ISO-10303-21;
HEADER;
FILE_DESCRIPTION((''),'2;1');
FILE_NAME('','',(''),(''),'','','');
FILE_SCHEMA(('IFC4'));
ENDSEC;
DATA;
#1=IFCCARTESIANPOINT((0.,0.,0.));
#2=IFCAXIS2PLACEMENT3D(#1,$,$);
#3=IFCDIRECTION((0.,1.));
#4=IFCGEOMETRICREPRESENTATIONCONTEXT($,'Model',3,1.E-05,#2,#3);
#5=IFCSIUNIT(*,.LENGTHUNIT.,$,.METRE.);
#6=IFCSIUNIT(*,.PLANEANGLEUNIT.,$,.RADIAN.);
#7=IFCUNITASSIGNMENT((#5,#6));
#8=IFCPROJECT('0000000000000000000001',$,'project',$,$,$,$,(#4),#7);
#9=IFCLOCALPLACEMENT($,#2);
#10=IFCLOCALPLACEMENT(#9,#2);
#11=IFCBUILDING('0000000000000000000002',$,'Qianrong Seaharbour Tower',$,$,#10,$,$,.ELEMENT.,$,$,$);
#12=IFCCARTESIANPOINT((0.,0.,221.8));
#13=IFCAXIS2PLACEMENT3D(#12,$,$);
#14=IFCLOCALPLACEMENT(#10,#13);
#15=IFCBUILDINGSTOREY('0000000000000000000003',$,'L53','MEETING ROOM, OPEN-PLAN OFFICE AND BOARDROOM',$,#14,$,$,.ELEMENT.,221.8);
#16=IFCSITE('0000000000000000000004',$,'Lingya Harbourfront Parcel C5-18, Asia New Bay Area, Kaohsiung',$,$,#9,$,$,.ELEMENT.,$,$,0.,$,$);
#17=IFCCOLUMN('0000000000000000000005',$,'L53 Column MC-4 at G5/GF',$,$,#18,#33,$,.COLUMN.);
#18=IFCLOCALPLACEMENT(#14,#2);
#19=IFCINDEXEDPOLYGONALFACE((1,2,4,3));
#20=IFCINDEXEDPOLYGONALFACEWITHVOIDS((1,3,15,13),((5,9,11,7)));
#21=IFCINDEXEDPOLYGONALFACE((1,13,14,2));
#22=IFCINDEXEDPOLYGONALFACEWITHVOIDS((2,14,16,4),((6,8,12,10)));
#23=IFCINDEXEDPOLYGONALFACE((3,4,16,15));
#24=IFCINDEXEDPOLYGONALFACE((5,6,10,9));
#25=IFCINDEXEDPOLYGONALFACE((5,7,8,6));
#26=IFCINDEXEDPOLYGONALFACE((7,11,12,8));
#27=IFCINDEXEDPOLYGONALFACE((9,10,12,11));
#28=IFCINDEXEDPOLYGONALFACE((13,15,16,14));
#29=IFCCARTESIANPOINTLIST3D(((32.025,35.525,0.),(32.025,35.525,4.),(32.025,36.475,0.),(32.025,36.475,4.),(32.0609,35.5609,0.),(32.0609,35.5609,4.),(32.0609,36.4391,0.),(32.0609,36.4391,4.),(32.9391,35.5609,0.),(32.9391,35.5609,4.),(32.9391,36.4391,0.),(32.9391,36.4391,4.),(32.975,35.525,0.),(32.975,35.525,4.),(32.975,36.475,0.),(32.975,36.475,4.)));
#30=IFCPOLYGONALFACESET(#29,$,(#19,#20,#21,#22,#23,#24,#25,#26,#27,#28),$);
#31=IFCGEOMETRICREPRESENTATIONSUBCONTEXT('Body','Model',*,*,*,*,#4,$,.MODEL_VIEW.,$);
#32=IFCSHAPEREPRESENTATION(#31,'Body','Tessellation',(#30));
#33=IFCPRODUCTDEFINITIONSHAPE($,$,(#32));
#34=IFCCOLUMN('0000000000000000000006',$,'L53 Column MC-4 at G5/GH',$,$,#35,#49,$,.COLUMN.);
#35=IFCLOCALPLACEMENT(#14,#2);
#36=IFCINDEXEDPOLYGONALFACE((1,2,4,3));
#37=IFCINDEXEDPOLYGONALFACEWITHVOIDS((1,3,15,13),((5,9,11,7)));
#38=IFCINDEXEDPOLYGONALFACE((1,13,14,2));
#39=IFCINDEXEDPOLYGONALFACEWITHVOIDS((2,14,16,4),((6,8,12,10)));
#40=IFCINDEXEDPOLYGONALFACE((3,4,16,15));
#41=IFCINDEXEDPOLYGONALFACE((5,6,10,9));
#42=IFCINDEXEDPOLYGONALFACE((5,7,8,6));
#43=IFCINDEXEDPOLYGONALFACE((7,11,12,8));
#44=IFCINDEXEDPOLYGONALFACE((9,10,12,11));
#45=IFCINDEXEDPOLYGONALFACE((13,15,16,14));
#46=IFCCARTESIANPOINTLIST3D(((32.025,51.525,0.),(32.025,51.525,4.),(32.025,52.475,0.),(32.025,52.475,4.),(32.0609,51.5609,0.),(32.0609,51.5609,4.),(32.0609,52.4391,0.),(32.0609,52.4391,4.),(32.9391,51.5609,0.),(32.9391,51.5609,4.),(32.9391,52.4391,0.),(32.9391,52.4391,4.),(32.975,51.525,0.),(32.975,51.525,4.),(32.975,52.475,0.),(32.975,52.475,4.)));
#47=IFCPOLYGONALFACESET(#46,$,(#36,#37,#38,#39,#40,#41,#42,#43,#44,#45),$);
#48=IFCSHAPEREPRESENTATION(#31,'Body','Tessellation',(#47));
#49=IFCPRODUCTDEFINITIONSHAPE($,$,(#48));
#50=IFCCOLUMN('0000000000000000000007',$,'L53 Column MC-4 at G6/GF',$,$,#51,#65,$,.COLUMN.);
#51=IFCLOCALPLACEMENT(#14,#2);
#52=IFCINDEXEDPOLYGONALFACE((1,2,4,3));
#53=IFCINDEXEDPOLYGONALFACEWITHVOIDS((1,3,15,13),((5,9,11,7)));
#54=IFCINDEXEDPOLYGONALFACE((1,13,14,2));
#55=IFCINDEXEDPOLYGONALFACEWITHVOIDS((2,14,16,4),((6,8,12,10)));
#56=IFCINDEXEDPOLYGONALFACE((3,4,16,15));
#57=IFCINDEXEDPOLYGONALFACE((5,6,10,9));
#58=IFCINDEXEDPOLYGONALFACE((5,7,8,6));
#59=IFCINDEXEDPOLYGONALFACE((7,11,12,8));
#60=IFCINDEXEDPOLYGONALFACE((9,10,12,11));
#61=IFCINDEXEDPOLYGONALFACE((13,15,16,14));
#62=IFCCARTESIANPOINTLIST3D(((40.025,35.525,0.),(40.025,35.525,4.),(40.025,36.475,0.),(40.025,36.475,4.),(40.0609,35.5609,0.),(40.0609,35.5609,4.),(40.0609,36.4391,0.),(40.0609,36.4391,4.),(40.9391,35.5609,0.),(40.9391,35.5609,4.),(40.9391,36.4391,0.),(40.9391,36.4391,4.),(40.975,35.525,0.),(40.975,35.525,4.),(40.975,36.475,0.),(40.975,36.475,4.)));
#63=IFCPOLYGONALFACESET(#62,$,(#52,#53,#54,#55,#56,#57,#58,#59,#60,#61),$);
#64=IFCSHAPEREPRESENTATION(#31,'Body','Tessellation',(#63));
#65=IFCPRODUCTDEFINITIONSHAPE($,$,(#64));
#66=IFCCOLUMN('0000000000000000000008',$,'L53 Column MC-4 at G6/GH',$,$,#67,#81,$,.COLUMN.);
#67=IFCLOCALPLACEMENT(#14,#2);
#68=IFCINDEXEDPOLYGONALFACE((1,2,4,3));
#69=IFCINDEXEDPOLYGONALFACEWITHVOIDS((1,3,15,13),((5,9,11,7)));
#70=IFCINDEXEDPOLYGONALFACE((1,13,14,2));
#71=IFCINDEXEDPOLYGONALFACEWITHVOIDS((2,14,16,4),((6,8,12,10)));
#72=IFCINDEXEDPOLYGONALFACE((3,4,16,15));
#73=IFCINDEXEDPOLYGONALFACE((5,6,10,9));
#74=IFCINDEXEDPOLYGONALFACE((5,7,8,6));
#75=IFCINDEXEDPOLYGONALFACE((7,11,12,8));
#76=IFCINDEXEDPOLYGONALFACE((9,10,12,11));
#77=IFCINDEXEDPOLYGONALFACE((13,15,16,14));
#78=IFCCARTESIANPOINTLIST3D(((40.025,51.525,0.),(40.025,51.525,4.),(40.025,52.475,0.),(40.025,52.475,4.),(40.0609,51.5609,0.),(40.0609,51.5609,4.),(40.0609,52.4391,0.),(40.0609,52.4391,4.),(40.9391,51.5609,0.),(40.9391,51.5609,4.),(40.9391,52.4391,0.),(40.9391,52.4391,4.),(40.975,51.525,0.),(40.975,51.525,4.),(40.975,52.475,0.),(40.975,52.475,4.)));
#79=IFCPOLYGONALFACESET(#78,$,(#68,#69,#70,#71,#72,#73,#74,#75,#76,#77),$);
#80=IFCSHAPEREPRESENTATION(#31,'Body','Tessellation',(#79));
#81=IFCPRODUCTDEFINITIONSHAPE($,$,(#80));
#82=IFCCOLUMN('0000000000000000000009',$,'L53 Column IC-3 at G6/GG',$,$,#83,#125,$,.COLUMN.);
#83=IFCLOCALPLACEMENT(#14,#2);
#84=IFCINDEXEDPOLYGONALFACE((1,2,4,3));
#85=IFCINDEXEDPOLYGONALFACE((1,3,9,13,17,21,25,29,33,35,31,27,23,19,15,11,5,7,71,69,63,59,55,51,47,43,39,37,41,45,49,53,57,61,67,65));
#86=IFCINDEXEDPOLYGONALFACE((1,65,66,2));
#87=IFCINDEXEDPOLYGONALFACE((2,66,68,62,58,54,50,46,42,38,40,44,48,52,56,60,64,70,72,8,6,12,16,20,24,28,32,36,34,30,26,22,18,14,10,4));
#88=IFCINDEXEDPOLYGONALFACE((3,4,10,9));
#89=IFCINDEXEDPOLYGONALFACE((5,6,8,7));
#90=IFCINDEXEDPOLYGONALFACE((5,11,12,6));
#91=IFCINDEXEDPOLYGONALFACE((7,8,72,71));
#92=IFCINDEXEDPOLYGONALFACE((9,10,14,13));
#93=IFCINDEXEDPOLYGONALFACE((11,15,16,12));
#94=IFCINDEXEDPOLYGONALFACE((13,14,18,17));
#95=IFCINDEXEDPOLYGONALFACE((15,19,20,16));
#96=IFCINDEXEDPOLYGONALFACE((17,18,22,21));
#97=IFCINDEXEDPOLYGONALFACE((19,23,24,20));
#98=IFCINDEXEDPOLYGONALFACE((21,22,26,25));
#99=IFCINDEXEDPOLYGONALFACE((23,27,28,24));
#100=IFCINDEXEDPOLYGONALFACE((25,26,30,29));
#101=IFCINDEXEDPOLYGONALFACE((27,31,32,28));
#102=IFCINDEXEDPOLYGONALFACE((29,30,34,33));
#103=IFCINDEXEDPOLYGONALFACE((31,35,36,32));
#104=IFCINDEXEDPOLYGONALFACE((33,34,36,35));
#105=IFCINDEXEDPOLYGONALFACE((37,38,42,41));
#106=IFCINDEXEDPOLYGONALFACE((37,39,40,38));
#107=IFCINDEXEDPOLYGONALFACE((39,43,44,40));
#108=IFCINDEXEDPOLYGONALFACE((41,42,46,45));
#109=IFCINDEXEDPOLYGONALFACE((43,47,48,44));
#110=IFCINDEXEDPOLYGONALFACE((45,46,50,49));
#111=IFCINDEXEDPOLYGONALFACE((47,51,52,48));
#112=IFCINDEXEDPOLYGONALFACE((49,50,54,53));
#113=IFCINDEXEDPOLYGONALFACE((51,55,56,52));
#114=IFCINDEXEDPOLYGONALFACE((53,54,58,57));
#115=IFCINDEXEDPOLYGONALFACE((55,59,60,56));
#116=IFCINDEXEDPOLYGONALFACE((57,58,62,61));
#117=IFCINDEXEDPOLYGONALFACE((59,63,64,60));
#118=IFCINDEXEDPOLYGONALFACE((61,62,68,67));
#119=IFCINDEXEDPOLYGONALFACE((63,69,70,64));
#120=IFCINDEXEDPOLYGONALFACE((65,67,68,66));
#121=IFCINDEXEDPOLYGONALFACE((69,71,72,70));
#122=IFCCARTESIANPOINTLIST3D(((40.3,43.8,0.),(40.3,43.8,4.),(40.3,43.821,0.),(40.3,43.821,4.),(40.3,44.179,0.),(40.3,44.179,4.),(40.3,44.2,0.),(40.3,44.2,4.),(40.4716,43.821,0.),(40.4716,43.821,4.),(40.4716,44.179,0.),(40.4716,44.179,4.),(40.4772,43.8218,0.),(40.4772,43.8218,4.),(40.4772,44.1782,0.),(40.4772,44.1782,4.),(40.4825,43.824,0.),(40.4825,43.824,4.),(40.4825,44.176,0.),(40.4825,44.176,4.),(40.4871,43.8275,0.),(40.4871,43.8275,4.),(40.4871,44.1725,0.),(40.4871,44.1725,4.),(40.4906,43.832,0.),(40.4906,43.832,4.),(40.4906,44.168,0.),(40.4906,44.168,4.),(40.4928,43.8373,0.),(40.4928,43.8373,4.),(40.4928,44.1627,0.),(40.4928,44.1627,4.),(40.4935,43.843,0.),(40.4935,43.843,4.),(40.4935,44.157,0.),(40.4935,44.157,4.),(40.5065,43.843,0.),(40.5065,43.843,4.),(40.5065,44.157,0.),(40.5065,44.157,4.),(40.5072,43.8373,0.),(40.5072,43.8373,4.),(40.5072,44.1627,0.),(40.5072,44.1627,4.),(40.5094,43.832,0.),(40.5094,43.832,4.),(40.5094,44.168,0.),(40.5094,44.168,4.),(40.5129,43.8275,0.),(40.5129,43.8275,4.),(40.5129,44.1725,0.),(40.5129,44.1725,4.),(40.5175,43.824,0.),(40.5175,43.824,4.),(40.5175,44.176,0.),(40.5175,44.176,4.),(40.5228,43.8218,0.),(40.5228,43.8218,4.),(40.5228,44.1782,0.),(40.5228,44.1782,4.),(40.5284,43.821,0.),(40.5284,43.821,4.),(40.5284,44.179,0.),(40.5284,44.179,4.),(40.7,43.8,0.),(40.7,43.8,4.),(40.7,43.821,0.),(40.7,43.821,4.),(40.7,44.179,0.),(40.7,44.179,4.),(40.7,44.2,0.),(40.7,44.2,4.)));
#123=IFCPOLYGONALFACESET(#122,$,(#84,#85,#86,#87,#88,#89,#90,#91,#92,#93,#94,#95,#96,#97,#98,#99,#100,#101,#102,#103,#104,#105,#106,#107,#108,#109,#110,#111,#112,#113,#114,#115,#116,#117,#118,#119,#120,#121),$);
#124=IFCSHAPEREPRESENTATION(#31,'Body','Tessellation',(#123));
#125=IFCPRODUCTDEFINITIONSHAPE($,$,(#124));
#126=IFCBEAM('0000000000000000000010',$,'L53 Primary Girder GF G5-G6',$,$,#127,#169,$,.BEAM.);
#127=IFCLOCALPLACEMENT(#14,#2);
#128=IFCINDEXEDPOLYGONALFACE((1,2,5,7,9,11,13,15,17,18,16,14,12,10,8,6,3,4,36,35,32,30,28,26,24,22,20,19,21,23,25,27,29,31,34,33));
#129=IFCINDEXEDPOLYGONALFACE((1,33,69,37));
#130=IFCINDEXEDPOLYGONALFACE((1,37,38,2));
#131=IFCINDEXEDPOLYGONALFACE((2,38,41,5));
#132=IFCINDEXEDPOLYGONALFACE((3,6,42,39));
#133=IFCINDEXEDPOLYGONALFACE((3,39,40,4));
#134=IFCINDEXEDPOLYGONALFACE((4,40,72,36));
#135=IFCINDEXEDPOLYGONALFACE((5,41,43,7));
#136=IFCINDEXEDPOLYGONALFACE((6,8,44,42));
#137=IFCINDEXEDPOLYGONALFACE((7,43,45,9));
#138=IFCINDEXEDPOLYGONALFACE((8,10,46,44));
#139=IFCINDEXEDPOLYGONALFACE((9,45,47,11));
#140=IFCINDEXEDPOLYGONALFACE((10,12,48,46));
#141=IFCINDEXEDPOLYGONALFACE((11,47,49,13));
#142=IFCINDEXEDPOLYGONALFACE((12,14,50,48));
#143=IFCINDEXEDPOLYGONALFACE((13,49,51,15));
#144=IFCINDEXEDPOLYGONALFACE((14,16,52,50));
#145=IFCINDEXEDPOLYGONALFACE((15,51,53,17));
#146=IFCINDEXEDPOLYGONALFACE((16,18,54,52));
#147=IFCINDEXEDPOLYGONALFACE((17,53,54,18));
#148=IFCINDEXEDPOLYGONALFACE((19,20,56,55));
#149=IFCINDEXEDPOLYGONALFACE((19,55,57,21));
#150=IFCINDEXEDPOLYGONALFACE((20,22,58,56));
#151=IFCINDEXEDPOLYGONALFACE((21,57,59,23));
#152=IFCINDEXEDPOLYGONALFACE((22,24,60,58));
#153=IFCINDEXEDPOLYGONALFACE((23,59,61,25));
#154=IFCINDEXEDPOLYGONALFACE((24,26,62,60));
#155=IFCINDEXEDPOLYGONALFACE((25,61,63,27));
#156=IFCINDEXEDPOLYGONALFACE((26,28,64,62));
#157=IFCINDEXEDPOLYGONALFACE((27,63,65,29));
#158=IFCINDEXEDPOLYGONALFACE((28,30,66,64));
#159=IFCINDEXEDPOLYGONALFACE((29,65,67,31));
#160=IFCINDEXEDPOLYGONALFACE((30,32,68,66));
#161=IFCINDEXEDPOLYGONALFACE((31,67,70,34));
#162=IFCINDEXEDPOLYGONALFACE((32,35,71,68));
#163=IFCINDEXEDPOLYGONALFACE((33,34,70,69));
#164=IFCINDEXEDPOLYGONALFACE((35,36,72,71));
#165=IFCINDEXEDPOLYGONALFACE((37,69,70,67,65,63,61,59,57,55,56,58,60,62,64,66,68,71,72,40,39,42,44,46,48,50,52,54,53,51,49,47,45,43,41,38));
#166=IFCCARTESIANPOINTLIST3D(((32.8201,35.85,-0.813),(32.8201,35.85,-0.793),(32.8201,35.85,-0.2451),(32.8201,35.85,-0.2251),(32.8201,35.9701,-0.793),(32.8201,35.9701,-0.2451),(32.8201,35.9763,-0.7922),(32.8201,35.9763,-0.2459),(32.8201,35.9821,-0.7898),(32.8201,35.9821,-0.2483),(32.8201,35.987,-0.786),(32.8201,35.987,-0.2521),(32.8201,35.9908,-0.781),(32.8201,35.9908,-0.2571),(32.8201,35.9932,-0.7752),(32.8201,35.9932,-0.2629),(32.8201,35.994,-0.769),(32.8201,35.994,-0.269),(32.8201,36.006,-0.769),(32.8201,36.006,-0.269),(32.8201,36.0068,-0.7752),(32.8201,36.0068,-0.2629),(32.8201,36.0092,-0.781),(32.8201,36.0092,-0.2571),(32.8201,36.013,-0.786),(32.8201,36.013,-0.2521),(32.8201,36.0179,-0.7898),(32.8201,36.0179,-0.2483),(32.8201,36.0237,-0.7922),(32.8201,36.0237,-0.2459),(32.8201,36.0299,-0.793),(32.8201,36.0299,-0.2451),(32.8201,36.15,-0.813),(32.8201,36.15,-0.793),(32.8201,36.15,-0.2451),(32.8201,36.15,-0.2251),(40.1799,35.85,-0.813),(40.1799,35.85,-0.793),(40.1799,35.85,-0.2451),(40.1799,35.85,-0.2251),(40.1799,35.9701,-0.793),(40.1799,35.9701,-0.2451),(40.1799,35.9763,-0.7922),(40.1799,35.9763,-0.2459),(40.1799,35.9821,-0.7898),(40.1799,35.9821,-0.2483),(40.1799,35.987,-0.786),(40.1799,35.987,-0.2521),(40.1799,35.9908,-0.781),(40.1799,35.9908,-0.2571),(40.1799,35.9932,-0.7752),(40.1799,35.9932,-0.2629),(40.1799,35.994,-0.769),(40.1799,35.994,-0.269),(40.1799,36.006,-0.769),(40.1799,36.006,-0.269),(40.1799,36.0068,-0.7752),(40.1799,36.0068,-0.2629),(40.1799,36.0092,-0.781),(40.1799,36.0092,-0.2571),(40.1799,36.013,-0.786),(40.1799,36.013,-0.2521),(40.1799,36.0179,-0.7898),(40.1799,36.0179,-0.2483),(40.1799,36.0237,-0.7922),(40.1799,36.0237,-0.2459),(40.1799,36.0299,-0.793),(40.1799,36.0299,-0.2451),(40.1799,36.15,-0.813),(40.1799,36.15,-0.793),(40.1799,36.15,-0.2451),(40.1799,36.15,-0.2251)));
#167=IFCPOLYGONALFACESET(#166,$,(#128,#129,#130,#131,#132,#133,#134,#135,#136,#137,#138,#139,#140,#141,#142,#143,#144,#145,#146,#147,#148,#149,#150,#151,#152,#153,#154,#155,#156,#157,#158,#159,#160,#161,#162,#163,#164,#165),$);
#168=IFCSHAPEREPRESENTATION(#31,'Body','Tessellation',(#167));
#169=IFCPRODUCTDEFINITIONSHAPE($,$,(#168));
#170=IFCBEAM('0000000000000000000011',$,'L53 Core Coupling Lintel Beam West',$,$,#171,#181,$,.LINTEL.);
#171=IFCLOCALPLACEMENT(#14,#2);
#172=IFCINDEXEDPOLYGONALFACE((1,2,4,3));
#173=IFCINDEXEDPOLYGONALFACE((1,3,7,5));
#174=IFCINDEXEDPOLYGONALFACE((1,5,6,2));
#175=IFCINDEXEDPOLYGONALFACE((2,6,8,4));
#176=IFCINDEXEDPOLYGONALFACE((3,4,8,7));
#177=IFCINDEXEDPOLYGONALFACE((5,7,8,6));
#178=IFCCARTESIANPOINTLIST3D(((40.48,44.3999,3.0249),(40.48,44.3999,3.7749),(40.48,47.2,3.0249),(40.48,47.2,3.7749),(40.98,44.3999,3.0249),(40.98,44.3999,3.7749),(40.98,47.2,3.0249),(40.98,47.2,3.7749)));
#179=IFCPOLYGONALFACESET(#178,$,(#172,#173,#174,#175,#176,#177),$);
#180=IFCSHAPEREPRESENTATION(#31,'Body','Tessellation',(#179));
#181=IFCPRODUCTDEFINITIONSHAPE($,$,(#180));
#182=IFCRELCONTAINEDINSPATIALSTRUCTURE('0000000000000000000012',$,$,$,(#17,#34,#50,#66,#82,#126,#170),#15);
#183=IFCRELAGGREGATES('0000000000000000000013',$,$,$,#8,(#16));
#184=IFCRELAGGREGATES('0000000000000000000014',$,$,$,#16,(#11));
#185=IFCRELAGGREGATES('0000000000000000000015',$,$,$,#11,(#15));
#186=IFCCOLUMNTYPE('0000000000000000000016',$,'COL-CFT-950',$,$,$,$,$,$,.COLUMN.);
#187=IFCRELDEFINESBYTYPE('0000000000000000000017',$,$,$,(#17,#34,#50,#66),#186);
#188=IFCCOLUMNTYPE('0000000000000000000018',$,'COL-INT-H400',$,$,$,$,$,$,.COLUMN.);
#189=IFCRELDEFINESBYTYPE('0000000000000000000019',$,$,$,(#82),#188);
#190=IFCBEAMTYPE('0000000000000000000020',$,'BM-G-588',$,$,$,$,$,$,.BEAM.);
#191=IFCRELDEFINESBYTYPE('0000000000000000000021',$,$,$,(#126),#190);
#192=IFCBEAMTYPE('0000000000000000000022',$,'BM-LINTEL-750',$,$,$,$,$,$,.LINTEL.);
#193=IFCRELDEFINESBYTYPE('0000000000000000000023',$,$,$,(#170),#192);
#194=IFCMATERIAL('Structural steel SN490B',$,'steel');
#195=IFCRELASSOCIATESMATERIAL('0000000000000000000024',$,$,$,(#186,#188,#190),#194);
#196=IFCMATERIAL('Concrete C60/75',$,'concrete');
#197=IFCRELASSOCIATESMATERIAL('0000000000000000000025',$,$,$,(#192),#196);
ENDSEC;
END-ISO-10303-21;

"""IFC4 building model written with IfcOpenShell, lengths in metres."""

from ifc_helpers import new_model, si_unit, direction, frame, origin, origin_2d, place, context, subcontext, project, spatial, rectangle, hollow_rectangle, i_section, extrude, material, material_profile, profile_set, type_object, element, save


model = new_model("IFC4")

# Units and contexts
model_context = context("Model", 3, precision=1e-05, world=origin(), true_north=direction((0.0, 1.0)))
body_context = subcontext(model_context, "Body", "Model", "MODEL_VIEW")
ifc_project = project(units=[si_unit("LENGTHUNIT", "METRE"), si_unit("PLANEANGLEUNIT", "RADIAN")], contexts=[model_context])

# Site, building, storey
site_placement = place(None, origin())
site = spatial("IfcSite", under=ifc_project, at=site_placement, Name="Lingya Harbourfront Parcel C5-18, Asia New Bay Area, Kaohsiung", CompositionType="ELEMENT", RefElevation=0.0)
building_placement = place(site_placement, origin())
building = spatial("IfcBuilding", under=site, at=building_placement, Name="Qianrong Seaharbour Tower", CompositionType="ELEMENT")
storey_placement = place(building_placement, frame((0.0, 0.0, 221.8)))
storey = spatial("IfcBuildingStorey", under=building, at=storey_placement, Name="L53", Description="MEETING ROOM, OPEN-PLAN OFFICE AND BOARDROOM", CompositionType="ELEMENT", Elevation=221.8)

# Columns
ifc_material_1 = material(Name="Structural steel SN490B", Category="steel")
ifc_material_profile_1 = material_profile(ifc_material_1, hollow_rectangle(XDim=0.95, YDim=0.95, WallThickness=0.0359, at=origin_2d()), Name="BOX950x950x36")
ifc_profile_set_1 = profile_set([ifc_material_profile_1], Name="Structural steel SN490B")
column_type_1 = type_object("IfcColumnType", Name="COL-CFT-950", PredefinedType="COLUMN", material=ifc_profile_set_1)
for number, where, z_axis, x_axis, name in (
    (1, (32.5, 36.0, 0.0), (0.0, 0.0, 1.0), (1.0, 0.0, 0.0), "L53 Column MC-4 at G5/GF"),
    (2, (32.5, 52.0, 0.0), (0.0, 0.0, 1.0), (1.0, 0.0, 0.0), "L53 Column MC-4 at G5/GH"),
    (3, (40.5, 36.0, 0.0), (0.0, 0.0, 1.0), (1.0, 0.0, 0.0), "L53 Column MC-4 at G6/GF"),
    (4, (40.5, 52.0, 0.0), (0.0, 0.0, 1.0), (1.0, 0.0, 0.0), "L53 Column MC-4 at G6/GH"),
):
    element("IfcColumn", number, at=place(storey_placement, frame(where, z_axis=z_axis, x_axis=x_axis)), inside=storey, type_object=column_type_1, Name=name, PredefinedType="COLUMN", context=body_context, shape_type="SweptSolid", body=[
        extrude(hollow_rectangle(XDim=0.95, YDim=0.95, WallThickness=0.0359, at=origin_2d()), origin(), (0.0, 0.0, 1.0), 4.0),
    ])
ifc_material_profile_2 = material_profile(ifc_material_1, i_section(OverallWidth=0.3999, OverallDepth=0.3999, WebThickness=0.0129, FlangeThickness=0.021, FilletRadius=0.022, at=origin_2d()), Name="H400x400x13x21")
ifc_profile_set_2 = profile_set([ifc_material_profile_2], Name="Structural steel SN490B")
column_type_2 = type_object("IfcColumnType", Name="COL-INT-H400", PredefinedType="COLUMN", material=ifc_profile_set_2)
column_placement = place(storey_placement, frame((40.5, 44.0, 0.0), z_axis=(0.0, 0.0, 1.0), x_axis=(1.0, 0.0, 0.0)))
element("IfcColumn", 5, at=column_placement, inside=storey, type_object=column_type_2, Name="L53 Column IC-3 at G6/GG", PredefinedType="COLUMN", context=body_context, shape_type="SweptSolid", body=[
    extrude(i_section(OverallWidth=0.3999, OverallDepth=0.3999, WebThickness=0.0129, FlangeThickness=0.021, FilletRadius=0.022, at=origin_2d()), origin(), (0.0, 0.0, 1.0), 4.0),
])

# Beams
ifc_material_profile_3 = material_profile(ifc_material_1, i_section(OverallWidth=0.3, OverallDepth=0.5879, WebThickness=0.012, FlangeThickness=0.02, FilletRadius=0.0239, at=origin_2d()), Name="H588x300x12x20")
ifc_profile_set_3 = profile_set([ifc_material_profile_3], Name="Structural steel SN490B")
beam_type_1 = type_object("IfcBeamType", Name="BM-G-588", PredefinedType="BEAM", material=ifc_profile_set_3)
beam_1_placement = place(storey_placement, frame((32.8201, 36.0, -0.519), z_axis=(1.0, 0.0, 0.0), x_axis=(0.0, 1.0, 0.0)))
element("IfcBeam", 6, at=beam_1_placement, inside=storey, type_object=beam_type_1, Name="L53 Primary Girder GF G5-G6", PredefinedType="BEAM", context=body_context, shape_type="SweptSolid", body=[
    extrude(i_section(OverallWidth=0.3, OverallDepth=0.5879, WebThickness=0.012, FlangeThickness=0.02, FilletRadius=0.0239, at=origin_2d()), origin(), (0.0, 0.0, 1.0), 7.3599),
])
ifc_material_2 = material(Name="Concrete C60/75", Category="concrete")
ifc_material_profile_4 = material_profile(ifc_material_2, rectangle(XDim=0.5, YDim=0.75, at=origin_2d()), Name="RC500x750")
ifc_profile_set_4 = profile_set([ifc_material_profile_4], Name="Concrete C60/75")
beam_type_2 = type_object("IfcBeamType", Name="BM-LINTEL-750", PredefinedType="LINTEL", material=ifc_profile_set_4)
beam_2_placement = place(storey_placement, frame((40.73, 44.3999, 3.3999), z_axis=(0.0, 1.0, 0.0), x_axis=(-1.0, 0.0, 0.0)))
element("IfcBeam", 7, at=beam_2_placement, inside=storey, type_object=beam_type_2, Name="L53 Core Coupling Lintel Beam West", PredefinedType="LINTEL", context=body_context, shape_type="SweptSolid", body=[
    extrude(rectangle(XDim=0.5, YDim=0.75, at=origin_2d()), origin(), (0.0, 0.0, 1.0), 2.8),
])

save(model, "model.ifc")
